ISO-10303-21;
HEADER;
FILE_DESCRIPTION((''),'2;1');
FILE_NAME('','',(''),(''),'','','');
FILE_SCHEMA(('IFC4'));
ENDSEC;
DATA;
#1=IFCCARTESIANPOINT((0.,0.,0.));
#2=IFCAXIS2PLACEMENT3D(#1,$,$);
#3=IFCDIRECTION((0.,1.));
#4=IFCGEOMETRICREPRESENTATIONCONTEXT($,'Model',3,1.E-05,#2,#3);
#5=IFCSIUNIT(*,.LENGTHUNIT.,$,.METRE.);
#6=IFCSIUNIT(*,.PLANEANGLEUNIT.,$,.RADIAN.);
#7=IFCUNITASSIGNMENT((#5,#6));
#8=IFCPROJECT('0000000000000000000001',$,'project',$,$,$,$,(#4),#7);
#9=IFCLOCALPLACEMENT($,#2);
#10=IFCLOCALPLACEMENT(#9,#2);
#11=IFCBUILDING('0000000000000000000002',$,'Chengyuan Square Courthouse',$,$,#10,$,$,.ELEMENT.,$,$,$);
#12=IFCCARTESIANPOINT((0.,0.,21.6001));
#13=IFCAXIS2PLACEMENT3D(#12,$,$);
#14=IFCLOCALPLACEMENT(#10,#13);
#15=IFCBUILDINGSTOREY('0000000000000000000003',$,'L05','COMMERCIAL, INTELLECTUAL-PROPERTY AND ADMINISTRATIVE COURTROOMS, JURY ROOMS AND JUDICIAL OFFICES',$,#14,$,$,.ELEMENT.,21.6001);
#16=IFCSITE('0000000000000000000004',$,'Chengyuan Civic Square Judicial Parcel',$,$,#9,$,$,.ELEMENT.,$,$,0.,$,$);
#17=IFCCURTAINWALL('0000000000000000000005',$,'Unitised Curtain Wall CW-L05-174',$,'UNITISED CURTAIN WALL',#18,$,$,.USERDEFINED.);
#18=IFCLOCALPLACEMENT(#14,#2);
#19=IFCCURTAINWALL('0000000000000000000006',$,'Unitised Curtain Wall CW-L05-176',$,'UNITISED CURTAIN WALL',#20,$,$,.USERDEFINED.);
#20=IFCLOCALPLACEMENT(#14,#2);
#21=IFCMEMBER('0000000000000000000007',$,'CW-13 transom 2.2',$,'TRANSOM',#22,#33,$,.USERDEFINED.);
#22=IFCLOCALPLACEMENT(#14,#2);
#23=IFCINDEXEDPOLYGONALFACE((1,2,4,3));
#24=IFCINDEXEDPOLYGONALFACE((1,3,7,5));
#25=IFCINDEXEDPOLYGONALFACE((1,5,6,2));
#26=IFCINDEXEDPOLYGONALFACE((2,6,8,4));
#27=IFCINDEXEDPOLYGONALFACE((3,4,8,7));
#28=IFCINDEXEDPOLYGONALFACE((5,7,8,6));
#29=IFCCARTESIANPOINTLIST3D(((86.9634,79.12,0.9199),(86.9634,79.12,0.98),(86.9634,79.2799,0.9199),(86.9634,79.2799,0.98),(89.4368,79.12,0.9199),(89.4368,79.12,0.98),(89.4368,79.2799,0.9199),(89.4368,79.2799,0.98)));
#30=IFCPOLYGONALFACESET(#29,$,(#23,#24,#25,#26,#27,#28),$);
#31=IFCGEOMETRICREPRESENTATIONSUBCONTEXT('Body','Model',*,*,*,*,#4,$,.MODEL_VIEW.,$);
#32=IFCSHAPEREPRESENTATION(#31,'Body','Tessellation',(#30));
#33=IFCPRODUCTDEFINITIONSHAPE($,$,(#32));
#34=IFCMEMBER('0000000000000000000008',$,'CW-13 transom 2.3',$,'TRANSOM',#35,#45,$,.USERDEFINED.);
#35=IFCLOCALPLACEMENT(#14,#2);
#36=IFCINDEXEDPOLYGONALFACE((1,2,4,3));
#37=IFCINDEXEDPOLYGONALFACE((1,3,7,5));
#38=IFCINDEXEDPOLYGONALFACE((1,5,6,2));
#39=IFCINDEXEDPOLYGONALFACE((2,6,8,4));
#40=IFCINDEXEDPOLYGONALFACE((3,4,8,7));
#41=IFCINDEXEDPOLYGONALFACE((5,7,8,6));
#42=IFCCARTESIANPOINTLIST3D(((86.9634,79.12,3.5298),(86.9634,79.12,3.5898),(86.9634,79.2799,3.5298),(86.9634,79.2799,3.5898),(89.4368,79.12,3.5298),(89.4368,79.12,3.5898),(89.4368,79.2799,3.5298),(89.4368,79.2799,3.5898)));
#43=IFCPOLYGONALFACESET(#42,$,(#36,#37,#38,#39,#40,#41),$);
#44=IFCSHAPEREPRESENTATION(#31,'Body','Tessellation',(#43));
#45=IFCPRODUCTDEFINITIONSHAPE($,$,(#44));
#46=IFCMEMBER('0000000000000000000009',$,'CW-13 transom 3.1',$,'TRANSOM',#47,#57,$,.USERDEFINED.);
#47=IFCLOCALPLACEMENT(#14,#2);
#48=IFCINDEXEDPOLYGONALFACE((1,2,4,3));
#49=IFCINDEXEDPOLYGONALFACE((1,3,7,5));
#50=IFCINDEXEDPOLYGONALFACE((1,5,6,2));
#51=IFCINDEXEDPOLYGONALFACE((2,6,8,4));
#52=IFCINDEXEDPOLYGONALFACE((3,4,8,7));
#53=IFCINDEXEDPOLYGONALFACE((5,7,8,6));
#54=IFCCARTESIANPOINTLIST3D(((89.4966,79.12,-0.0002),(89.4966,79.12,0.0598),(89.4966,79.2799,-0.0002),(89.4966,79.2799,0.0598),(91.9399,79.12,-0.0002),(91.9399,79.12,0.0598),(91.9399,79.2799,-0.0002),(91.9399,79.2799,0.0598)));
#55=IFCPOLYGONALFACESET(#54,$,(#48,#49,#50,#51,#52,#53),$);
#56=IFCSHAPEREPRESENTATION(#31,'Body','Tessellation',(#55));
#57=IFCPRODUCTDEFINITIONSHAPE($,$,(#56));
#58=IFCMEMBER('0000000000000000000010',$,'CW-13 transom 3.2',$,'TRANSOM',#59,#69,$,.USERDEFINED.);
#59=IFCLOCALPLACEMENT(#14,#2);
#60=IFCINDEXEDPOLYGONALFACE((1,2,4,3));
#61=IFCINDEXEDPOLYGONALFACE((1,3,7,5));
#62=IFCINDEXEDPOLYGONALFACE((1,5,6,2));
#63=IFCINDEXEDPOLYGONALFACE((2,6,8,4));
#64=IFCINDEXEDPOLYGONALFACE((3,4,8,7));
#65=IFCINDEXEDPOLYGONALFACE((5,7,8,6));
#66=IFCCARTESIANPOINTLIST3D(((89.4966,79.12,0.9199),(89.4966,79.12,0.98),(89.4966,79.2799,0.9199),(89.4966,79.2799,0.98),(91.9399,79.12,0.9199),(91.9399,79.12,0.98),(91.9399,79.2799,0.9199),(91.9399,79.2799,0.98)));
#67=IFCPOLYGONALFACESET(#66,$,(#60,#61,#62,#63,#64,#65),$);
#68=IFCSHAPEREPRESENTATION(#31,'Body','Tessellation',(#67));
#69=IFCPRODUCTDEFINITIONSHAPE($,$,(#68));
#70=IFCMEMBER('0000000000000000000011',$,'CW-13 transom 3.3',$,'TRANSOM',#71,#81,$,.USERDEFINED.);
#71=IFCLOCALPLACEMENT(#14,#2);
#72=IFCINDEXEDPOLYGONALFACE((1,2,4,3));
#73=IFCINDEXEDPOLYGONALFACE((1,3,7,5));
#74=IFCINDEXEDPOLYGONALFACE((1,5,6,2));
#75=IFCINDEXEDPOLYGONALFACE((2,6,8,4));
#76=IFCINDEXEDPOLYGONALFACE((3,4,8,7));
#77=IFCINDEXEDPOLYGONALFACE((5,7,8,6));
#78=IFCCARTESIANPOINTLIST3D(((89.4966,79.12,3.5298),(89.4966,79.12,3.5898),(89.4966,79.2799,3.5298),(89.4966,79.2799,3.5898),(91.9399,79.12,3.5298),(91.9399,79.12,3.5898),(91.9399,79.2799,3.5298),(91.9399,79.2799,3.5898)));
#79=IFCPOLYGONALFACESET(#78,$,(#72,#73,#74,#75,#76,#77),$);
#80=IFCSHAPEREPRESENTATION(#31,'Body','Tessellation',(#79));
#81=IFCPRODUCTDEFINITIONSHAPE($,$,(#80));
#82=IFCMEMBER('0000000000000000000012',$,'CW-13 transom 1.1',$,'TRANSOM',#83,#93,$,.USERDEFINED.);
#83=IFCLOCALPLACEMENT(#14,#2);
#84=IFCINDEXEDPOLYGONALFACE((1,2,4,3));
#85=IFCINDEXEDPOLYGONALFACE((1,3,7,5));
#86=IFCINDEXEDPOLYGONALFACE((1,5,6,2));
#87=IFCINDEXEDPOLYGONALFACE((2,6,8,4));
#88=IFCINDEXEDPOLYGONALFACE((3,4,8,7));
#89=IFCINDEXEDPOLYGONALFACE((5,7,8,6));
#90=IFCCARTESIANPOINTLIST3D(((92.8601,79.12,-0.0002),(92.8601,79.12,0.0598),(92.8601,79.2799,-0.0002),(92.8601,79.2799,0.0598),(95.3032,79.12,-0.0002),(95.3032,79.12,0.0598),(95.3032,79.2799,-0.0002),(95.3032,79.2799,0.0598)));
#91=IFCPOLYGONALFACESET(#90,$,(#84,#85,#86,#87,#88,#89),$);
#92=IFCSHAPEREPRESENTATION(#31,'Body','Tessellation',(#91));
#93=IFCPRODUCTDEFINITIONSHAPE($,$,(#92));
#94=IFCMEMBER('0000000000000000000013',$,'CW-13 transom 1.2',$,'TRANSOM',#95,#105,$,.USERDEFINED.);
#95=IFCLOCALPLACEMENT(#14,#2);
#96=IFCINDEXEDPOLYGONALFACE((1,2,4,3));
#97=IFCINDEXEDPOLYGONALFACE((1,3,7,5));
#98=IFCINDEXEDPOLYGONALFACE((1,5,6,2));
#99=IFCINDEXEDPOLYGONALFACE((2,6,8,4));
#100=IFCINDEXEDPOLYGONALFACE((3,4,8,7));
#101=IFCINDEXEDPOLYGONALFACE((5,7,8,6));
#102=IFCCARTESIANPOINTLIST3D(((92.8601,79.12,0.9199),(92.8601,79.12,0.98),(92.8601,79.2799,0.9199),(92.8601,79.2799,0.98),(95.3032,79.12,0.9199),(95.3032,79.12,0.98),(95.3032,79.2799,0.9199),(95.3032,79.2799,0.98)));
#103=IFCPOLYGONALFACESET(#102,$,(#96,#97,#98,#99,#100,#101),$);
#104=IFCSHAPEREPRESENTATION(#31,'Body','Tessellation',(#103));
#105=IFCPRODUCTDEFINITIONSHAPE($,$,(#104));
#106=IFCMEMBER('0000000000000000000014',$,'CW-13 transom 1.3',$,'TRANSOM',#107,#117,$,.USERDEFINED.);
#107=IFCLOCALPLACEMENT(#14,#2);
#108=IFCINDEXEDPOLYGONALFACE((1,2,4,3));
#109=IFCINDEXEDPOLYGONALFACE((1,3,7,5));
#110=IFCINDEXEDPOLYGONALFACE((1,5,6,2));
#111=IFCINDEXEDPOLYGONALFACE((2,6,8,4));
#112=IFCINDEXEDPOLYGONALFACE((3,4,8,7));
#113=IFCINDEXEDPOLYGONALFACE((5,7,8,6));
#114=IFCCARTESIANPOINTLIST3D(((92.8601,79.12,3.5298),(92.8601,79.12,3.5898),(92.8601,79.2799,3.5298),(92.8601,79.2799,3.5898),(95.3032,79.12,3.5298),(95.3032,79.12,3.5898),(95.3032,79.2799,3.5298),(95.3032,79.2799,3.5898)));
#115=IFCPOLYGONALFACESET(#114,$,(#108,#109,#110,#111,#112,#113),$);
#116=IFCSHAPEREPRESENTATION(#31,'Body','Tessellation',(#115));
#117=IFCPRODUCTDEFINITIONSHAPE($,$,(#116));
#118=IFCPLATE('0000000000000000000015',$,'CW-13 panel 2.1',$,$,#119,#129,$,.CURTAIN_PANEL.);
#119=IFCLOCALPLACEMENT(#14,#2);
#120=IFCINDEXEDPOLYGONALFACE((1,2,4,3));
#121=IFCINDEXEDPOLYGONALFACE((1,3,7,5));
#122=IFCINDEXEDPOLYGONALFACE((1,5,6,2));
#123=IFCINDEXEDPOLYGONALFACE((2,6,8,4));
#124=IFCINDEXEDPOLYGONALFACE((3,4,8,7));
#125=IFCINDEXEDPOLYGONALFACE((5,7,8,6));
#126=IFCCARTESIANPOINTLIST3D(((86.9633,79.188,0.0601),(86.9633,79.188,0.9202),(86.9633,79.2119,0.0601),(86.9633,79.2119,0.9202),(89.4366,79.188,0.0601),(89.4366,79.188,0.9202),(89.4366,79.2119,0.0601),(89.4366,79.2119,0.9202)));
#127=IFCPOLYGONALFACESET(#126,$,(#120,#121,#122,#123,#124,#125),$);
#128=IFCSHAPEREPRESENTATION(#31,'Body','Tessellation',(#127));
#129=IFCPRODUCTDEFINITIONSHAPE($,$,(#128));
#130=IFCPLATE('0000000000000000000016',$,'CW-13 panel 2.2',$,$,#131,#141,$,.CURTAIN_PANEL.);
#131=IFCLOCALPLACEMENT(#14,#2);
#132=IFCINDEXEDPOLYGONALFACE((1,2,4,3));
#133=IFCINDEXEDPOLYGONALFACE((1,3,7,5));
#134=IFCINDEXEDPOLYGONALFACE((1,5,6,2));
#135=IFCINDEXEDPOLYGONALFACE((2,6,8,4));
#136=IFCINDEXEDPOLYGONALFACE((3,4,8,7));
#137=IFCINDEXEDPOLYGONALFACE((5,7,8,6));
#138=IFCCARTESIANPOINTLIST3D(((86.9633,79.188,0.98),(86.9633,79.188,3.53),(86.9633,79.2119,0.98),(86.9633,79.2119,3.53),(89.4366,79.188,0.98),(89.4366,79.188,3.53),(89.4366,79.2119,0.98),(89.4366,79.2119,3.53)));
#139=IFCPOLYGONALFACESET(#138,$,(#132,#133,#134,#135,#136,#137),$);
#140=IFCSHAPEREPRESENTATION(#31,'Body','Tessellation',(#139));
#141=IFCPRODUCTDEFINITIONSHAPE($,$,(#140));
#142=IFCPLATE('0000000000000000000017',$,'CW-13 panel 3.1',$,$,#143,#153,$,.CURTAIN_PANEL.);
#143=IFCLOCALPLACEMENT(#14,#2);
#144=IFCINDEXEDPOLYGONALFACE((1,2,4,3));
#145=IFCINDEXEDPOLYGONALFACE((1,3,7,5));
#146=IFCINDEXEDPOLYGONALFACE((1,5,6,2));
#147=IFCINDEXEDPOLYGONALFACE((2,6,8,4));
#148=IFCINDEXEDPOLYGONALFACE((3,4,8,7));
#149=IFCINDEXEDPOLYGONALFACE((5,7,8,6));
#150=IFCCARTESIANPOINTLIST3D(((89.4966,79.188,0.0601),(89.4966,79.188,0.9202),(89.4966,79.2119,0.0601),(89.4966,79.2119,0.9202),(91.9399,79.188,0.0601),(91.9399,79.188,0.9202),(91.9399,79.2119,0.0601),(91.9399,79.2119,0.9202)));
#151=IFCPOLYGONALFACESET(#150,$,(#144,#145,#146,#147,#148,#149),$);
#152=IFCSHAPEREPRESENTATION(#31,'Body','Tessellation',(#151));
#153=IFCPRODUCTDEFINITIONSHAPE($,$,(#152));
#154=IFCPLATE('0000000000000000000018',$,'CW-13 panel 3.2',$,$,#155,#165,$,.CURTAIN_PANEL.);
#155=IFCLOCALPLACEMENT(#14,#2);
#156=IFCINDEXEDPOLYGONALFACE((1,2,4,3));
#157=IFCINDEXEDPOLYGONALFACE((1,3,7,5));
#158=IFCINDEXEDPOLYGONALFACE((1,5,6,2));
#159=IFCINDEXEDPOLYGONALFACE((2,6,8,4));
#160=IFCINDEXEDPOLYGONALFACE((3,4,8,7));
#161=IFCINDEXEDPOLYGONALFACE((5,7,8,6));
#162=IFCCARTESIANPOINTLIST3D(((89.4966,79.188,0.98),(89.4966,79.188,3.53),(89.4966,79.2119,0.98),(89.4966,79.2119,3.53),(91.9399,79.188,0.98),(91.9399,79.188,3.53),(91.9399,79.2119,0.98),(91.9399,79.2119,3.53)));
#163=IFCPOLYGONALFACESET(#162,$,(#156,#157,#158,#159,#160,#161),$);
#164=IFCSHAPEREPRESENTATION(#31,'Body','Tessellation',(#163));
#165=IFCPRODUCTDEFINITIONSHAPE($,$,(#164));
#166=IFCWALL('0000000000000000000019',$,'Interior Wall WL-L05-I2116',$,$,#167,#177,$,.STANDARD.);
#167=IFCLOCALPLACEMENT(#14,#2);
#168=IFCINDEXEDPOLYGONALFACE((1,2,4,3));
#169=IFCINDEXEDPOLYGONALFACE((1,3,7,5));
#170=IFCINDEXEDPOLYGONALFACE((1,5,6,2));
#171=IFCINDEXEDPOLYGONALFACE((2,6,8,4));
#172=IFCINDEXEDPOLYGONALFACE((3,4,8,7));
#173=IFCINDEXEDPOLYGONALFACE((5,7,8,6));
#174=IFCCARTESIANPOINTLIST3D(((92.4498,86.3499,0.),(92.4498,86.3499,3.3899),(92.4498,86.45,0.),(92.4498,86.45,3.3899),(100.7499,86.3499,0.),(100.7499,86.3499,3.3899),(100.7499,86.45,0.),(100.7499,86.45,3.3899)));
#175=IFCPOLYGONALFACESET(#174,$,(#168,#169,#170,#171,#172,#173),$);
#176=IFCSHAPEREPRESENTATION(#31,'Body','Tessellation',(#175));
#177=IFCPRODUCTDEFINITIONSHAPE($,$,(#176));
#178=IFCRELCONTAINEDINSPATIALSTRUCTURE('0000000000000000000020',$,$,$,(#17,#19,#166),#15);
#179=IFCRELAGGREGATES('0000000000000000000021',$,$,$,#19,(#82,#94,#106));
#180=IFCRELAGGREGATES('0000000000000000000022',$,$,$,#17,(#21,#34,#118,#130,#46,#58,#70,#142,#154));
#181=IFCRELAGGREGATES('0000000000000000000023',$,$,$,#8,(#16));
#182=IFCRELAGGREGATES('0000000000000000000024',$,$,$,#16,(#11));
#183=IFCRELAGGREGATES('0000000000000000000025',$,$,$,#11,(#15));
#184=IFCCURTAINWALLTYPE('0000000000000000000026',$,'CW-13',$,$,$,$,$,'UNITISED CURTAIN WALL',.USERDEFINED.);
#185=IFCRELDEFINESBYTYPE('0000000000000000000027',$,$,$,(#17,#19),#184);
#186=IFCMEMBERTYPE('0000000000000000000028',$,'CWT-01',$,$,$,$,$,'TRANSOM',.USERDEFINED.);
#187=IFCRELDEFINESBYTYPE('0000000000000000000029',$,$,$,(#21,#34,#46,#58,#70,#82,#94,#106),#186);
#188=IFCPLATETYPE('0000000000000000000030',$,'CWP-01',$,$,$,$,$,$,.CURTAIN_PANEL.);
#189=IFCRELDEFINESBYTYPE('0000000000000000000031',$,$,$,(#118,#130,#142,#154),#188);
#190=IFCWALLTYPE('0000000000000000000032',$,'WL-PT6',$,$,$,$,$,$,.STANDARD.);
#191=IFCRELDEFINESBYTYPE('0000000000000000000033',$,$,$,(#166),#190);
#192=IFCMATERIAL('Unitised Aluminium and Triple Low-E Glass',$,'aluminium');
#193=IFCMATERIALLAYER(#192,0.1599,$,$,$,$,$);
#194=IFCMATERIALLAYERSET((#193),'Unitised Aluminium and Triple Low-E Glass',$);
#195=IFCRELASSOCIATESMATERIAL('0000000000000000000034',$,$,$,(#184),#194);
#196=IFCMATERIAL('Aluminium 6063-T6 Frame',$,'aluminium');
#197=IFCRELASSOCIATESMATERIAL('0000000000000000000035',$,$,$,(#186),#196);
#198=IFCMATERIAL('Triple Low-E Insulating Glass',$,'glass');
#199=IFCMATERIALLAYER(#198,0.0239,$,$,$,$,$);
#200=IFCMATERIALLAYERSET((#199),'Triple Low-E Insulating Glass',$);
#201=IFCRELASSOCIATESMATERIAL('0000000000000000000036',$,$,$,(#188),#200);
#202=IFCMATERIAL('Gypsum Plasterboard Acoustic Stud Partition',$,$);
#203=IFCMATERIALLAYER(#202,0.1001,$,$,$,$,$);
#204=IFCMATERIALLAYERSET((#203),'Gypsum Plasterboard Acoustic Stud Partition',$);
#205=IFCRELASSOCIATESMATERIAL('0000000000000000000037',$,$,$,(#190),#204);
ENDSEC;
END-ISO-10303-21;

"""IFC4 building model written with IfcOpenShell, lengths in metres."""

from ifc_helpers import new_model, si_unit, direction, frame, frame_2d, origin, origin_2d, place, context, subcontext, project, spatial, rectangle, extrude, material, layer, layer_set, material_profile, profile_set, type_object, element, aggregate, save


model = new_model("IFC4")

# Units and contexts
model_context = context("Model", 3, precision=1e-05, world=origin(), true_north=direction((0.0, 1.0)))
body_context = subcontext(model_context, "Body", "Model", "MODEL_VIEW")
ifc_project = project(units=[si_unit("LENGTHUNIT", "METRE"), si_unit("PLANEANGLEUNIT", "RADIAN")], contexts=[model_context])

# Site, building, storey
site_placement = place(None, origin())
site = spatial("IfcSite", under=ifc_project, at=site_placement, Name="Chengyuan Civic Square Judicial Parcel", CompositionType="ELEMENT", RefElevation=0.0)
building_placement = place(site_placement, origin())
building = spatial("IfcBuilding", under=site, at=building_placement, Name="Chengyuan Square Courthouse", CompositionType="ELEMENT")
storey_placement = place(building_placement, frame((0.0, 0.0, 21.6001)))
storey = spatial("IfcBuildingStorey", under=building, at=storey_placement, Name="L05", Description="COMMERCIAL, INTELLECTUAL-PROPERTY AND ADMINISTRATIVE COURTROOMS, JURY ROOMS AND JUDICIAL OFFICES", CompositionType="ELEMENT", Elevation=21.6001)

# Curtain wall
ifc_material_1 = material(Name="Unitised Aluminium and Triple Low-E Glass", Category="aluminium")
ifc_layer_1 = layer(ifc_material_1, 0.1599)
ifc_layer_set_1 = layer_set([ifc_layer_1], Name="Unitised Aluminium and Triple Low-E Glass")
curtain_wall_type = type_object("IfcCurtainWallType", Name="CW-13", ElementType="UNITISED CURTAIN WALL", PredefinedType="USERDEFINED", material=ifc_layer_set_1)
curtain_wall_1_placement = place(storey_placement, origin())
curtain_wall_1 = element("IfcCurtainWall", 1, at=curtain_wall_1_placement, inside=storey, type_object=curtain_wall_type, Name="Unitised Curtain Wall CW-L05-174", ObjectType="UNITISED CURTAIN WALL", PredefinedType="USERDEFINED")
ifc_material_2 = material(Name="Aluminium 6063-T6 Frame", Category="aluminium")

# Curtain wall
curtain_wall_2_placement = place(storey_placement, origin())
curtain_wall_2 = element("IfcCurtainWall", 2, at=curtain_wall_2_placement, inside=storey, type_object=curtain_wall_type, Name="Unitised Curtain Wall CW-L05-176", ObjectType="UNITISED CURTAIN WALL", PredefinedType="USERDEFINED")

# Members
ifc_material_profile_1 = material_profile(ifc_material_2, rectangle(XDim=0.1599, YDim=0.0601, at=origin_2d()), Name="CW-TRN-60x120")
ifc_profile_set_1 = profile_set([ifc_material_profile_1], Name="Aluminium 6063-T6 Frame")
member_type_1 = type_object("IfcMemberType", Name="CWT-01", ElementType="TRANSOM", PredefinedType="USERDEFINED", material=ifc_profile_set_1)
member_1_placement = place(storey_placement, frame((86.9634, 79.2, 0.95), z_axis=(1.0, 0.0, 0.0), x_axis=(0.0, 1.0, 0.0)))
member_1 = element("IfcMember", 3, at=member_1_placement, type_object=member_type_1, Name="CW-13 transom 2.2", ObjectType="TRANSOM", PredefinedType="USERDEFINED", context=body_context, shape_type="SweptSolid", body=[
    extrude(rectangle(XDim=0.1599, YDim=0.0601, at=origin_2d()), origin(), (0.0, 0.0, 1.0), 2.4734),
])
member_2_placement = place(storey_placement, frame((86.9634, 79.2, 3.5598), z_axis=(1.0, 0.0, 0.0), x_axis=(0.0, 1.0, 0.0)))
member_2 = element("IfcMember", 4, at=member_2_placement, type_object=member_type_1, Name="CW-13 transom 2.3", ObjectType="TRANSOM", PredefinedType="USERDEFINED", context=body_context, shape_type="SweptSolid", body=[
    extrude(rectangle(XDim=0.1599, YDim=0.0601, at=origin_2d()), origin(), (0.0, 0.0, 1.0), 2.4734),
])
member_3_placement = place(storey_placement, frame((89.4966, 79.2, 0.0298), z_axis=(1.0, 0.0, 0.0), x_axis=(0.0, 1.0, 0.0)))
member_3 = element("IfcMember", 5, at=member_3_placement, type_object=member_type_1, Name="CW-13 transom 3.1", ObjectType="TRANSOM", PredefinedType="USERDEFINED", context=body_context, shape_type="SweptSolid", body=[
    extrude(rectangle(XDim=0.1599, YDim=0.0601, at=origin_2d()), origin(), (0.0, 0.0, 1.0), 2.4434),
])
member_4_placement = place(storey_placement, frame((89.4966, 79.2, 0.95), z_axis=(1.0, 0.0, 0.0), x_axis=(0.0, 1.0, 0.0)))
member_4 = element("IfcMember", 6, at=member_4_placement, type_object=member_type_1, Name="CW-13 transom 3.2", ObjectType="TRANSOM", PredefinedType="USERDEFINED", context=body_context, shape_type="SweptSolid", body=[
    extrude(rectangle(XDim=0.1599, YDim=0.0601, at=origin_2d()), origin(), (0.0, 0.0, 1.0), 2.4434),
])
member_5_placement = place(storey_placement, frame((89.4966, 79.2, 3.5598), z_axis=(1.0, 0.0, 0.0), x_axis=(0.0, 1.0, 0.0)))
member_5 = element("IfcMember", 7, at=member_5_placement, type_object=member_type_1, Name="CW-13 transom 3.3", ObjectType="TRANSOM", PredefinedType="USERDEFINED", context=body_context, shape_type="SweptSolid", body=[
    extrude(rectangle(XDim=0.1599, YDim=0.0601, at=origin_2d()), origin(), (0.0, 0.0, 1.0), 2.4434),
])
member_6_placement = place(storey_placement, frame((92.8601, 79.2, 0.0298), z_axis=(1.0, 0.0, 0.0), x_axis=(0.0, 1.0, 0.0)))
member_6 = element("IfcMember", 8, at=member_6_placement, type_object=member_type_1, Name="CW-13 transom 1.1", ObjectType="TRANSOM", PredefinedType="USERDEFINED", context=body_context, shape_type="SweptSolid", body=[
    extrude(rectangle(XDim=0.1599, YDim=0.0601, at=origin_2d()), origin(), (0.0, 0.0, 1.0), 2.4431),
])
member_7_placement = place(storey_placement, frame((92.8601, 79.2, 0.95), z_axis=(1.0, 0.0, 0.0), x_axis=(0.0, 1.0, 0.0)))
member_7 = element("IfcMember", 9, at=member_7_placement, type_object=member_type_1, Name="CW-13 transom 1.2", ObjectType="TRANSOM", PredefinedType="USERDEFINED", context=body_context, shape_type="SweptSolid", body=[
    extrude(rectangle(XDim=0.1599, YDim=0.0601, at=origin_2d()), origin(), (0.0, 0.0, 1.0), 2.4431),
])
member_8_placement = place(storey_placement, frame((92.8601, 79.2, 3.5598), z_axis=(1.0, 0.0, 0.0), x_axis=(0.0, 1.0, 0.0)))
member_8 = element("IfcMember", 10, at=member_8_placement, type_object=member_type_1, Name="CW-13 transom 1.3", ObjectType="TRANSOM", PredefinedType="USERDEFINED", context=body_context, shape_type="SweptSolid", body=[
    extrude(rectangle(XDim=0.1599, YDim=0.0601, at=origin_2d()), origin(), (0.0, 0.0, 1.0), 2.4431),
])
aggregate(curtain_wall_2, [member_6, member_7, member_8])

# Plates
ifc_material_3 = material(Name="Triple Low-E Insulating Glass", Category="glass")
ifc_layer_2 = layer(ifc_material_3, 0.0239)
ifc_layer_set_2 = layer_set([ifc_layer_2], Name="Triple Low-E Insulating Glass")
plate_type = type_object("IfcPlateType", Name="CWP-01", PredefinedType="CURTAIN_PANEL", material=ifc_layer_set_2)
plate_1_placement = place(storey_placement, frame((88.2, 79.2, 0.0601), z_axis=(0.0, 0.0, 1.0), x_axis=(1.0, 0.0, 0.0)))
plate_1 = element("IfcPlate", 11, at=plate_1_placement, type_object=plate_type, Name="CW-13 panel 2.1", PredefinedType="CURTAIN_PANEL", context=body_context, shape_type="SweptSolid", body=[
    extrude(rectangle(XDim=2.4734, YDim=0.0239, at=origin_2d()), origin(), (0.0, 0.0, 1.0), 0.8601),
])
plate_2_placement = place(storey_placement, frame((88.2, 79.2, 0.98), z_axis=(0.0, 0.0, 1.0), x_axis=(1.0, 0.0, 0.0)))
plate_2 = element("IfcPlate", 12, at=plate_2_placement, type_object=plate_type, Name="CW-13 panel 2.2", PredefinedType="CURTAIN_PANEL", context=body_context, shape_type="SweptSolid", body=[
    extrude(rectangle(XDim=2.4734, YDim=0.0239, at=origin_2d()), origin(), (0.0, 0.0, 1.0), 2.55),
])
plate_3_placement = place(storey_placement, frame((90.7183, 79.2, 0.0601), z_axis=(0.0, 0.0, 1.0), x_axis=(1.0, 0.0, 0.0)))
plate_3 = element("IfcPlate", 13, at=plate_3_placement, type_object=plate_type, Name="CW-13 panel 3.1", PredefinedType="CURTAIN_PANEL", context=body_context, shape_type="SweptSolid", body=[
    extrude(rectangle(XDim=2.4434, YDim=0.0239, at=origin_2d()), origin(), (0.0, 0.0, 1.0), 0.8601),
])
plate_4_placement = place(storey_placement, frame((90.7183, 79.2, 0.98), z_axis=(0.0, 0.0, 1.0), x_axis=(1.0, 0.0, 0.0)))
plate_4 = element("IfcPlate", 14, at=plate_4_placement, type_object=plate_type, Name="CW-13 panel 3.2", PredefinedType="CURTAIN_PANEL", context=body_context, shape_type="SweptSolid", body=[
    extrude(rectangle(XDim=2.4434, YDim=0.0239, at=origin_2d()), origin(), (0.0, 0.0, 1.0), 2.55),
])
aggregate(curtain_wall_1, [member_1, member_2, plate_1, plate_2, member_3, member_4, member_5, plate_3, plate_4])

# Wall
ifc_material_4 = material(Name="Gypsum Plasterboard Acoustic Stud Partition")
ifc_layer_3 = layer(ifc_material_4, 0.1001)
ifc_layer_set_3 = layer_set([ifc_layer_3], Name="Gypsum Plasterboard Acoustic Stud Partition")
wall_type_1 = type_object("IfcWallType", Name="WL-PT6", PredefinedType="STANDARD", material=ifc_layer_set_3)
wall_1_placement = place(storey_placement, frame((92.45, 86.3999, 0.0), z_axis=(0.0, 0.0, 1.0), x_axis=(1.0, 0.0, 0.0)))
element("IfcWall", 15, at=wall_1_placement, inside=storey, type_object=wall_type_1, Name="Interior Wall WL-L05-I2116", PredefinedType="STANDARD", context=body_context, shape_type="SweptSolid", body=[
    extrude(rectangle(XDim=8.3, YDim=0.1001, at=frame_2d((4.1499, 0.0))), origin(), (0.0, 0.0, 1.0), 3.3899),
])

save(model, "model.ifc")
